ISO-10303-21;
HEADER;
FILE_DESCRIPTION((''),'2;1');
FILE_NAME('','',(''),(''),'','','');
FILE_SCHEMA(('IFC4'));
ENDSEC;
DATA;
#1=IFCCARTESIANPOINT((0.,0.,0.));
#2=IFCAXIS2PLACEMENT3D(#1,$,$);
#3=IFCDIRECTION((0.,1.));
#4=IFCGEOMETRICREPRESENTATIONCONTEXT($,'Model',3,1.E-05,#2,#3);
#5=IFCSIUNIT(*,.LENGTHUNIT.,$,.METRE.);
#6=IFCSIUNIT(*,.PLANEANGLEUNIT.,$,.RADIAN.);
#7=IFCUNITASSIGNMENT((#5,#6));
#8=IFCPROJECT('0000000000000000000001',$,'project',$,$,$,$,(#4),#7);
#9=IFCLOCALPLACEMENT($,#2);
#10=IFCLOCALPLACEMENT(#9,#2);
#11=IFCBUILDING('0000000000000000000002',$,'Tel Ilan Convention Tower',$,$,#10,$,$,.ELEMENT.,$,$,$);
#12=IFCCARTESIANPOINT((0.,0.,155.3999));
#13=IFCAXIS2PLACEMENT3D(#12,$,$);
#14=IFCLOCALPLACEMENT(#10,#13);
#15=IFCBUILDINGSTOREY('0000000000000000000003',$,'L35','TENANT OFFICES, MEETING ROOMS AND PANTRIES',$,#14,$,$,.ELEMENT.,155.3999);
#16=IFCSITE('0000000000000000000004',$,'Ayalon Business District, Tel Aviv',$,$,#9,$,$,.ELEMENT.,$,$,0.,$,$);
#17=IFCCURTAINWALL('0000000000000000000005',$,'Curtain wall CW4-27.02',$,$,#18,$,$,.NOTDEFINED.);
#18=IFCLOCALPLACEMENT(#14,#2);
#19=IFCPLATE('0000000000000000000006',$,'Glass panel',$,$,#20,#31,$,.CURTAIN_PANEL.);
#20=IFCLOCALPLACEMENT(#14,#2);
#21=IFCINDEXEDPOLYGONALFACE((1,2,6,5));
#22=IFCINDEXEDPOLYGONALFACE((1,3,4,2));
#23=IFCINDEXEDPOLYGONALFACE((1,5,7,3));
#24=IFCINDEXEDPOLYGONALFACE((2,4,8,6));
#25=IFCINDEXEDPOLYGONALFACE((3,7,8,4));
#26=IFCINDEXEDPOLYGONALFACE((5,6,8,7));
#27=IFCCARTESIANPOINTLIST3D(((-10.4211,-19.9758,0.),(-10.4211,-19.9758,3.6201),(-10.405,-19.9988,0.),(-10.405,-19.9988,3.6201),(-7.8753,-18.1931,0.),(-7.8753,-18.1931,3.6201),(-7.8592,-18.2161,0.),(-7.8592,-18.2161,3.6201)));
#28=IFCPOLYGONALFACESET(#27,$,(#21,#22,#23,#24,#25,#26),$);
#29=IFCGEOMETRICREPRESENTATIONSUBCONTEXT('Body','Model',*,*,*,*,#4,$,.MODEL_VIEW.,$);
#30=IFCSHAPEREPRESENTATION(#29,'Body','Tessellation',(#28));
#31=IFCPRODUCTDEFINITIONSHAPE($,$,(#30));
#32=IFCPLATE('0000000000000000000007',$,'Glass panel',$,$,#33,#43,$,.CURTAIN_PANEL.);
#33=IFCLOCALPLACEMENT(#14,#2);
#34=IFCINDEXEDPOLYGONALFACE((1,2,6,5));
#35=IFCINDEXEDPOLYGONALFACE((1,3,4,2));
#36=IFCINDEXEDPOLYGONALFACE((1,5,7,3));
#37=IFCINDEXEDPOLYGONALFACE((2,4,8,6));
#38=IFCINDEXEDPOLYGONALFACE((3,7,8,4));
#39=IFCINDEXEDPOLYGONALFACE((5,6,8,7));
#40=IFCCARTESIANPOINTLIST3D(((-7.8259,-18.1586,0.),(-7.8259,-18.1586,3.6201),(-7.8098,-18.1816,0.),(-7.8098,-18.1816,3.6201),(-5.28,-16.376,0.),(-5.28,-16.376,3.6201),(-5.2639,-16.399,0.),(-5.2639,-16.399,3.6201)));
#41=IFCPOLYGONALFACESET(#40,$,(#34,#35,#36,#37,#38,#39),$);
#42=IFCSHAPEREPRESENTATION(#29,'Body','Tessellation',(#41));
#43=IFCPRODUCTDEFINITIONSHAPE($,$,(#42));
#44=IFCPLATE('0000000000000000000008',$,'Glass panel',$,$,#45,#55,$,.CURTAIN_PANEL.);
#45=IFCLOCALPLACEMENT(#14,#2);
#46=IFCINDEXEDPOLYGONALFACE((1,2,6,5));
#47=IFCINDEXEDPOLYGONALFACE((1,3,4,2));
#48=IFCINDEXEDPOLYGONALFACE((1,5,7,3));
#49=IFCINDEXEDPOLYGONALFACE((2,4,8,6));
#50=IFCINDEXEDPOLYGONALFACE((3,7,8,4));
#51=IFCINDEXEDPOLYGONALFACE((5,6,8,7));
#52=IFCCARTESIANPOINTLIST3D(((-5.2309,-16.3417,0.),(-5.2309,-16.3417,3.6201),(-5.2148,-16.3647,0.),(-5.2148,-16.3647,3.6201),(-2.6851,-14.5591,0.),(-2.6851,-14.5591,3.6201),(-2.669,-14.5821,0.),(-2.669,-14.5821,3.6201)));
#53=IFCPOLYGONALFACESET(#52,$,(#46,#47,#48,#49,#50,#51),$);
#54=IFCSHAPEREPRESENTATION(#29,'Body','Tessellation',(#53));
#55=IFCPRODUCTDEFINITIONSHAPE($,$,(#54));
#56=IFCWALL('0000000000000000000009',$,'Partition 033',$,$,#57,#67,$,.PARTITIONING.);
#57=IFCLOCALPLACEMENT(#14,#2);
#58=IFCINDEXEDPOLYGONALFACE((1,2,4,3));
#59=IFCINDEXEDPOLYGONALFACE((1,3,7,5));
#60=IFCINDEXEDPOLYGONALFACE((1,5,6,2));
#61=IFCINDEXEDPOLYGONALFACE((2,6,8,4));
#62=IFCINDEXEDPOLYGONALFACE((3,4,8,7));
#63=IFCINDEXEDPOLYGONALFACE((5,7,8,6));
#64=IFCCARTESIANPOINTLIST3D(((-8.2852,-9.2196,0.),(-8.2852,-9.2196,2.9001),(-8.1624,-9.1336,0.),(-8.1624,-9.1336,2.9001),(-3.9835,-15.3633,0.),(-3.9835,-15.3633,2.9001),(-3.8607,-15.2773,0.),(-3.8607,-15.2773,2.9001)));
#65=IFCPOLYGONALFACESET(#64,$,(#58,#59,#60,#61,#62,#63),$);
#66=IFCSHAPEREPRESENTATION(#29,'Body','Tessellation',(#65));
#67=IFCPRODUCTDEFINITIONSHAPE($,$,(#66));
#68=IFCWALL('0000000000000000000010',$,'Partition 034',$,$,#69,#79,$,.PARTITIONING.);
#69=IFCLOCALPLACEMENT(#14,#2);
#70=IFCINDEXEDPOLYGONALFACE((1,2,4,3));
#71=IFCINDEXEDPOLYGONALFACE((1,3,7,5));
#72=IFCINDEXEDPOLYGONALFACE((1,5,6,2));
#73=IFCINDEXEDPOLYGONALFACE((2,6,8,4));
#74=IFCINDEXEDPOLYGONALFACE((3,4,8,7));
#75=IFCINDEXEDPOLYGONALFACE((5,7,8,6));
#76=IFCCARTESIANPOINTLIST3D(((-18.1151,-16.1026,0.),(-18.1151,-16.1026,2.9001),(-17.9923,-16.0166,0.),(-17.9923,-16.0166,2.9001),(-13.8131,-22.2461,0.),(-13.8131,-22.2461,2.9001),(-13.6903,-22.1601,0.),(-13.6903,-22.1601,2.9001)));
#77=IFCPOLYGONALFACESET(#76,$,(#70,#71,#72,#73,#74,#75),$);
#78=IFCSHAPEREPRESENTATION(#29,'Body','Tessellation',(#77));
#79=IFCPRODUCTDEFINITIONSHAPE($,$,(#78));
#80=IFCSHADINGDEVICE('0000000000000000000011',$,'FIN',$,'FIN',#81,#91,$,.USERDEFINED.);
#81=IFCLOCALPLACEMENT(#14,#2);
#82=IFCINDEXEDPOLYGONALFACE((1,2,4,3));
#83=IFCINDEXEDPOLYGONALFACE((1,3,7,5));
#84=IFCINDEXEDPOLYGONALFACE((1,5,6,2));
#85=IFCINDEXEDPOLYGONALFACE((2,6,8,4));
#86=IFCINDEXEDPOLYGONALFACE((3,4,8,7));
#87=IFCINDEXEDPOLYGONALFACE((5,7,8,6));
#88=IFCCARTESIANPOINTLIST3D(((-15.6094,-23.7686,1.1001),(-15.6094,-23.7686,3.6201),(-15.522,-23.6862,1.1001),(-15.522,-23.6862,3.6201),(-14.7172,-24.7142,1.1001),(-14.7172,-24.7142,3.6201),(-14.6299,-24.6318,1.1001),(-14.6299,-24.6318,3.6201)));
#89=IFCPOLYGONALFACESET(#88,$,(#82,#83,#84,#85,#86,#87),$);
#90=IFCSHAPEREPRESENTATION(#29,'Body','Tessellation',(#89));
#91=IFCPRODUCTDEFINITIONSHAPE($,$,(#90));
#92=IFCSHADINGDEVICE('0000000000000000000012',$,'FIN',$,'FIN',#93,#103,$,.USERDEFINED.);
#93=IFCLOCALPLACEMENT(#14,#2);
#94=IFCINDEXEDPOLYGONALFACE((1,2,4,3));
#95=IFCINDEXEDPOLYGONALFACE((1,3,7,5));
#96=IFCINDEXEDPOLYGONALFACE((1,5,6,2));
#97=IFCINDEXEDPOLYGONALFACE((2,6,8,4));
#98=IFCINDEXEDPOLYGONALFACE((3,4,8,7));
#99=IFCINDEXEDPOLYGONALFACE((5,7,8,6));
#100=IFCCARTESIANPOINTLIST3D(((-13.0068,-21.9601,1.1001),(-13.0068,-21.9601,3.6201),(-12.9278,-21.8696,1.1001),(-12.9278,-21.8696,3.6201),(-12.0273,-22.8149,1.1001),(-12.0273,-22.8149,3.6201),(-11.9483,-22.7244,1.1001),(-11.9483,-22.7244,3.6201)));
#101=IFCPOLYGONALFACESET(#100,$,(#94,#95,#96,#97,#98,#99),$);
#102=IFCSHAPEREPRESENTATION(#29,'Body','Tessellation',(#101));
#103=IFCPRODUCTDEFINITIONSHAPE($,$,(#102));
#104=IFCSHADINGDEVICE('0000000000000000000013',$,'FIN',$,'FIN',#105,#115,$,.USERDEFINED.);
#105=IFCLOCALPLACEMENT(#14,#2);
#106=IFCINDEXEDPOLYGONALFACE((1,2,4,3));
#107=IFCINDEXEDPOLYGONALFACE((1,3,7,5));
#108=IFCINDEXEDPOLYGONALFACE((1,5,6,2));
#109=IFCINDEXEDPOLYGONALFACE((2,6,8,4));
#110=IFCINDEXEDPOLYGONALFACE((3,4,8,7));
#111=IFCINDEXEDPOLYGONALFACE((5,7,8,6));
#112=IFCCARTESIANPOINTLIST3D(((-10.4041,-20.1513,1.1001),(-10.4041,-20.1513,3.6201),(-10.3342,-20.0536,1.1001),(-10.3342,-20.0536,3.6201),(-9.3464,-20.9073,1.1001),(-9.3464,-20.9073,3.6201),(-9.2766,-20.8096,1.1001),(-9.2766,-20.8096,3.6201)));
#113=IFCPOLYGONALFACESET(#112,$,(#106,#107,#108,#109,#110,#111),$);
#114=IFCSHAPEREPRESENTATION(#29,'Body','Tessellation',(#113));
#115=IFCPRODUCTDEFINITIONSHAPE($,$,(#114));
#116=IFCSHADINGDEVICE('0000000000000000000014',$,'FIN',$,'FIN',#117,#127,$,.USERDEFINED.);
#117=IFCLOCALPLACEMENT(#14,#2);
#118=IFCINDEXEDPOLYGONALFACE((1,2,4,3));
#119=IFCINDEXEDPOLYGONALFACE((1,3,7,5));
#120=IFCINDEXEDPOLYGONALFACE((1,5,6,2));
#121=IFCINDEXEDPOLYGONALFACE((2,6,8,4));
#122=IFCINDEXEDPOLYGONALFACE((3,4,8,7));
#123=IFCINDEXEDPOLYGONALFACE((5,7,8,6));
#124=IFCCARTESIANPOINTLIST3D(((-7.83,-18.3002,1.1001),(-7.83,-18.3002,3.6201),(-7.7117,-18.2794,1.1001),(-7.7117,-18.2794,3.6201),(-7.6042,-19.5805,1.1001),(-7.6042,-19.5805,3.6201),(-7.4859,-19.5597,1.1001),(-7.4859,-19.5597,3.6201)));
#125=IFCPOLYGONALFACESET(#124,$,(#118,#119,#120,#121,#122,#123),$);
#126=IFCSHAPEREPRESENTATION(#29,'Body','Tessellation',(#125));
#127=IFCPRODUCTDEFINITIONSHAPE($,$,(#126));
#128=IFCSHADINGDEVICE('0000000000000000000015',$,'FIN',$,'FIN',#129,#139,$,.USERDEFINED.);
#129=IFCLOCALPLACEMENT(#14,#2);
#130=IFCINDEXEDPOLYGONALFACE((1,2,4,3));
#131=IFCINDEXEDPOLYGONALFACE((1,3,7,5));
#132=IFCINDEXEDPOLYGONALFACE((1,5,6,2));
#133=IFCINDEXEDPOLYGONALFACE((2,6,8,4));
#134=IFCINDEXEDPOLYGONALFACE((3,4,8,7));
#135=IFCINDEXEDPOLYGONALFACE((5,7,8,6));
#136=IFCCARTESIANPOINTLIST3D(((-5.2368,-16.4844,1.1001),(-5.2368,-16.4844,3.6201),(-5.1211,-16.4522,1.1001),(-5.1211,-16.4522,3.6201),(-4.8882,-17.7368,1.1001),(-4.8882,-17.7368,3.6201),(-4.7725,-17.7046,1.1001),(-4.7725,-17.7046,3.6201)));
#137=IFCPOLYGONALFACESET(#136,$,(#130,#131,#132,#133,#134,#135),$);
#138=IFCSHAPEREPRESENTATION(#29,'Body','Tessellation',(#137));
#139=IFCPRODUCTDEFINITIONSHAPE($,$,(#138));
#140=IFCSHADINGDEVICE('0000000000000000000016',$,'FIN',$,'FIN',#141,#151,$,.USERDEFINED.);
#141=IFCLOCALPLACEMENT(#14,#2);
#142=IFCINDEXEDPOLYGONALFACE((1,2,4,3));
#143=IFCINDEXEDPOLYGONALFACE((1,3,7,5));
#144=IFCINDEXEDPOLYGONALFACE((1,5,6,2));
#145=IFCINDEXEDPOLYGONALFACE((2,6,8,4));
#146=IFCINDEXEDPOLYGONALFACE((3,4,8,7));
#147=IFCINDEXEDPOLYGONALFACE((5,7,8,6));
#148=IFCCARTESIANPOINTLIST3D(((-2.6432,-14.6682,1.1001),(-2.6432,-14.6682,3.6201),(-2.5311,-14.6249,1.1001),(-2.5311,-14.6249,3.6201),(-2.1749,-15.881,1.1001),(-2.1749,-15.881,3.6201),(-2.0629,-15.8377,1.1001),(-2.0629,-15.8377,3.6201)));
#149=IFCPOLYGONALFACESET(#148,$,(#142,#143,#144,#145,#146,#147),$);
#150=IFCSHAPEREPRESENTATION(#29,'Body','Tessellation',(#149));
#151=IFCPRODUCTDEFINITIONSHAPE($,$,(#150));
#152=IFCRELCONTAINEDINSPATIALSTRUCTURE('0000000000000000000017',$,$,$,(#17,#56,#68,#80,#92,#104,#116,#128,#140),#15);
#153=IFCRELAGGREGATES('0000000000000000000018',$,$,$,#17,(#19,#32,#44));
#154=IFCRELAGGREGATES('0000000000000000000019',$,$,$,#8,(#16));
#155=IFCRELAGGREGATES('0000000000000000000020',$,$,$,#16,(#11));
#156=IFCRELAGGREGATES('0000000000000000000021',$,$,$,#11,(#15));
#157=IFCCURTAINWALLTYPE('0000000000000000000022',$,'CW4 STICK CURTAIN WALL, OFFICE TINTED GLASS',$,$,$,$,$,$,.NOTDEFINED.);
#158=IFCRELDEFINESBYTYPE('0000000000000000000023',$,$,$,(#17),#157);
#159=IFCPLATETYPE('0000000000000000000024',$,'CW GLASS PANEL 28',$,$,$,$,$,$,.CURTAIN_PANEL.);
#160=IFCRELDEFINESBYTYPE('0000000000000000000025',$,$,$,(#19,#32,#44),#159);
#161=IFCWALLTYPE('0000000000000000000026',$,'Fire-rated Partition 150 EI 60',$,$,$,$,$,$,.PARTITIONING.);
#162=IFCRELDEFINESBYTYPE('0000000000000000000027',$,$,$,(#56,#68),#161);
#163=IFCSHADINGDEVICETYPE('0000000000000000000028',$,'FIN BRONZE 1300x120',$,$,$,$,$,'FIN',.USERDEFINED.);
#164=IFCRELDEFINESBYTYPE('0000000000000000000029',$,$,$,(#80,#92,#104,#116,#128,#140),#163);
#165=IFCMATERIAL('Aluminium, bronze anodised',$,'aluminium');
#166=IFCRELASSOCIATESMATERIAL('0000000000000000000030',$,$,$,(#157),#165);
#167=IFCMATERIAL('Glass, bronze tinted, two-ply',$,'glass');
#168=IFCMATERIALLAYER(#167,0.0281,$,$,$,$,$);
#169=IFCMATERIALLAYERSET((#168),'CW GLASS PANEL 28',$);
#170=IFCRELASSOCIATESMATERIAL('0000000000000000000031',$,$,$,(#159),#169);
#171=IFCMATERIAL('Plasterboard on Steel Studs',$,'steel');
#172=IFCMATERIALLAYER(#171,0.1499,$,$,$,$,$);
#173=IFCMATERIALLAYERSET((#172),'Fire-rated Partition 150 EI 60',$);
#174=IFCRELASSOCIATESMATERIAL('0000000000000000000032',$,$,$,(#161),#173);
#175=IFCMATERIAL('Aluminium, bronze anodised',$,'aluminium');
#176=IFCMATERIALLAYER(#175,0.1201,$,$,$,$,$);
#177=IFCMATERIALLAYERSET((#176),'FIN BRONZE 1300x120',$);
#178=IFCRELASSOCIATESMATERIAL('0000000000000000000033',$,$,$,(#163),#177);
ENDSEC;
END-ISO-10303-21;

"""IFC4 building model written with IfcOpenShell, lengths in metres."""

from ifc_helpers import new_model, si_unit, direction, frame, frame_2d, origin, origin_2d, place, context, subcontext, project, spatial, rectangle, extrude, material, layer, layer_set, type_object, element, aggregate, save


model = new_model("IFC4")

# Units and contexts
model_context = context("Model", 3, precision=1e-05, world=origin(), true_north=direction((0.0, 1.0)))
body_context = subcontext(model_context, "Body", "Model", "MODEL_VIEW")
ifc_project = project(units=[si_unit("LENGTHUNIT", "METRE"), si_unit("PLANEANGLEUNIT", "RADIAN")], contexts=[model_context])

# Site, building, storey
site_placement = place(None, origin())
site = spatial("IfcSite", under=ifc_project, at=site_placement, Name="Ayalon Business District, Tel Aviv", CompositionType="ELEMENT", RefElevation=0.0)
building_placement = place(site_placement, origin())
building = spatial("IfcBuilding", under=site, at=building_placement, Name="Tel Ilan Convention Tower", CompositionType="ELEMENT")
storey_placement = place(building_placement, frame((0.0, 0.0, 155.3999)))
storey = spatial("IfcBuildingStorey", under=building, at=storey_placement, Name="L35", Description="TENANT OFFICES, MEETING ROOMS AND PANTRIES", CompositionType="ELEMENT", Elevation=155.3999)

# Curtain wall, plates
ifc_material_1 = material(Name="Aluminium, bronze anodised", Category="aluminium")
curtain_wall_type = type_object("IfcCurtainWallType", Name="CW4 STICK CURTAIN WALL, OFFICE TINTED GLASS", PredefinedType="NOTDEFINED", material=ifc_material_1)
curtain_wall_placement = place(storey_placement, origin())
curtain_wall = element("IfcCurtainWall", 1, at=curtain_wall_placement, inside=storey, type_object=curtain_wall_type, Name="Curtain wall CW4-27.02", PredefinedType="NOTDEFINED")
ifc_material_2 = material(Name="Glass, bronze tinted, two-ply", Category="glass")
ifc_layer_1 = layer(ifc_material_2, 0.0281)
ifc_layer_set_1 = layer_set([ifc_layer_1], Name="CW GLASS PANEL 28")
plate_type = type_object("IfcPlateType", Name="CW GLASS PANEL 28", PredefinedType="CURTAIN_PANEL", material=ifc_layer_set_1)
plate_1_placement = place(storey_placement, frame((-9.1401, -19.0959, 0.0), z_axis=(0.0, 0.0, 1.0), x_axis=(0.819152, 0.573576, 0.0)))
plate_1 = element("IfcPlate", 2, at=plate_1_placement, type_object=plate_type, Name="Glass panel", PredefinedType="CURTAIN_PANEL", context=body_context, shape_type="SweptSolid", body=[
    extrude(rectangle(XDim=3.1079, YDim=0.0281, at=origin_2d()), origin(), (0.0, 0.0, 1.0), 3.6201),
])
plate_2_placement = place(storey_placement, frame((-6.5449, -17.2788, 0.0), z_axis=(0.0, 0.0, 1.0), x_axis=(0.819152, 0.573576, 0.0)))
plate_2 = element("IfcPlate", 3, at=plate_2_placement, type_object=plate_type, Name="Glass panel", PredefinedType="CURTAIN_PANEL", context=body_context, shape_type="SweptSolid", body=[
    extrude(rectangle(XDim=3.1079, YDim=0.0281, at=origin_2d()), origin(), (0.0, 0.0, 1.0), 3.6201),
])
plate_3_placement = place(storey_placement, frame((-3.95, -15.4619, 0.0), z_axis=(0.0, 0.0, 1.0), x_axis=(0.819152, 0.573576, 0.0)))
plate_3 = element("IfcPlate", 4, at=plate_3_placement, type_object=plate_type, Name="Glass panel", PredefinedType="CURTAIN_PANEL", context=body_context, shape_type="SweptSolid", body=[
    extrude(rectangle(XDim=3.1079, YDim=0.0281, at=origin_2d()), origin(), (0.0, 0.0, 1.0), 3.6201),
])
aggregate(curtain_wall, [plate_1, plate_2, plate_3])

# Walls
ifc_material_3 = material(Name="Plasterboard on Steel Studs", Category="steel")
ifc_layer_2 = layer(ifc_material_3, 0.1499)
ifc_layer_set_2 = layer_set([ifc_layer_2], Name="Fire-rated Partition 150 EI 60")
wall_type = type_object("IfcWallType", Name="Fire-rated Partition 150 EI 60", PredefinedType="PARTITIONING", material=ifc_layer_set_2)
for number, where, z_axis, x_axis, name in (
    (5, (-3.9221, -15.3203, 0.0), (0.0, 0.0, 1.0), (-0.573561, 0.819163, 0.0), "Partition 033"),
    (6, (-13.7517, -22.2031, 0.0), (0.0, 0.0, 1.0), (-0.573598, 0.819137, 0.0), "Partition 034"),
):
    element("IfcWall", number, at=place(storey_placement, frame(where, z_axis=z_axis, x_axis=x_axis)), inside=storey, type_object=wall_type, Name=name, PredefinedType="PARTITIONING", context=body_context, shape_type="SweptSolid", body=[
        extrude(rectangle(XDim=7.5, YDim=0.1499, at=frame_2d((3.75, 0.0))), origin(), (0.0, 0.0, 1.0), 2.9001),
    ])

# Shading devices
ifc_material_4 = material(Name="Aluminium, bronze anodised", Category="aluminium")
ifc_layer_3 = layer(ifc_material_4, 0.1201)
ifc_layer_set_3 = layer_set([ifc_layer_3], Name="FIN BRONZE 1300x120")
shading_device_type = type_object("IfcShadingDeviceType", Name="FIN BRONZE 1300x120", ElementType="FIN", PredefinedType="USERDEFINED", material=ifc_layer_set_3)
for number, where, z_axis, x_axis, name in (
    (7, (-15.1196, -24.2002, 1.1001), (0.0, 0.0, 1.0), (0.686242, -0.727374, 0.0), "FIN"),
    (8, (-12.4775, -22.3423, 1.1001), (0.0, 0.0, 1.0), (0.753436, -0.657521, 0.0), "FIN"),
    (9, (-9.8403, -20.4805, 1.1001), (0.0, 0.0, 1.0), (0.813552, -0.581492, 0.0), "FIN"),
    (10, (-7.658, -18.9299, 1.1001), (0.0, 0.0, 1.0), (0.173648, -0.984808, 0.0), "FIN"),
    (11, (-5.0046, -17.0945, 1.1001), (0.0, 0.0, 1.0), (0.268173, -0.963371, 0.0), "FIN"),
    (12, (-2.353, -15.2529, 1.1001), (0.0, 0.0, 1.0), (0.360178, -0.932884, 0.0), "FIN"),
):
    element("IfcShadingDevice", number, at=place(storey_placement, frame(where, z_axis=z_axis, x_axis=x_axis)), inside=storey, type_object=shading_device_type, Name=name, ObjectType="FIN", PredefinedType="USERDEFINED", context=body_context, shape_type="SweptSolid", body=[
        extrude(rectangle(XDim=1.3, YDim=0.1201, at=origin_2d()), origin(), (0.0, 0.0, 1.0), 2.52),
    ])

save(model, "model.ifc")
